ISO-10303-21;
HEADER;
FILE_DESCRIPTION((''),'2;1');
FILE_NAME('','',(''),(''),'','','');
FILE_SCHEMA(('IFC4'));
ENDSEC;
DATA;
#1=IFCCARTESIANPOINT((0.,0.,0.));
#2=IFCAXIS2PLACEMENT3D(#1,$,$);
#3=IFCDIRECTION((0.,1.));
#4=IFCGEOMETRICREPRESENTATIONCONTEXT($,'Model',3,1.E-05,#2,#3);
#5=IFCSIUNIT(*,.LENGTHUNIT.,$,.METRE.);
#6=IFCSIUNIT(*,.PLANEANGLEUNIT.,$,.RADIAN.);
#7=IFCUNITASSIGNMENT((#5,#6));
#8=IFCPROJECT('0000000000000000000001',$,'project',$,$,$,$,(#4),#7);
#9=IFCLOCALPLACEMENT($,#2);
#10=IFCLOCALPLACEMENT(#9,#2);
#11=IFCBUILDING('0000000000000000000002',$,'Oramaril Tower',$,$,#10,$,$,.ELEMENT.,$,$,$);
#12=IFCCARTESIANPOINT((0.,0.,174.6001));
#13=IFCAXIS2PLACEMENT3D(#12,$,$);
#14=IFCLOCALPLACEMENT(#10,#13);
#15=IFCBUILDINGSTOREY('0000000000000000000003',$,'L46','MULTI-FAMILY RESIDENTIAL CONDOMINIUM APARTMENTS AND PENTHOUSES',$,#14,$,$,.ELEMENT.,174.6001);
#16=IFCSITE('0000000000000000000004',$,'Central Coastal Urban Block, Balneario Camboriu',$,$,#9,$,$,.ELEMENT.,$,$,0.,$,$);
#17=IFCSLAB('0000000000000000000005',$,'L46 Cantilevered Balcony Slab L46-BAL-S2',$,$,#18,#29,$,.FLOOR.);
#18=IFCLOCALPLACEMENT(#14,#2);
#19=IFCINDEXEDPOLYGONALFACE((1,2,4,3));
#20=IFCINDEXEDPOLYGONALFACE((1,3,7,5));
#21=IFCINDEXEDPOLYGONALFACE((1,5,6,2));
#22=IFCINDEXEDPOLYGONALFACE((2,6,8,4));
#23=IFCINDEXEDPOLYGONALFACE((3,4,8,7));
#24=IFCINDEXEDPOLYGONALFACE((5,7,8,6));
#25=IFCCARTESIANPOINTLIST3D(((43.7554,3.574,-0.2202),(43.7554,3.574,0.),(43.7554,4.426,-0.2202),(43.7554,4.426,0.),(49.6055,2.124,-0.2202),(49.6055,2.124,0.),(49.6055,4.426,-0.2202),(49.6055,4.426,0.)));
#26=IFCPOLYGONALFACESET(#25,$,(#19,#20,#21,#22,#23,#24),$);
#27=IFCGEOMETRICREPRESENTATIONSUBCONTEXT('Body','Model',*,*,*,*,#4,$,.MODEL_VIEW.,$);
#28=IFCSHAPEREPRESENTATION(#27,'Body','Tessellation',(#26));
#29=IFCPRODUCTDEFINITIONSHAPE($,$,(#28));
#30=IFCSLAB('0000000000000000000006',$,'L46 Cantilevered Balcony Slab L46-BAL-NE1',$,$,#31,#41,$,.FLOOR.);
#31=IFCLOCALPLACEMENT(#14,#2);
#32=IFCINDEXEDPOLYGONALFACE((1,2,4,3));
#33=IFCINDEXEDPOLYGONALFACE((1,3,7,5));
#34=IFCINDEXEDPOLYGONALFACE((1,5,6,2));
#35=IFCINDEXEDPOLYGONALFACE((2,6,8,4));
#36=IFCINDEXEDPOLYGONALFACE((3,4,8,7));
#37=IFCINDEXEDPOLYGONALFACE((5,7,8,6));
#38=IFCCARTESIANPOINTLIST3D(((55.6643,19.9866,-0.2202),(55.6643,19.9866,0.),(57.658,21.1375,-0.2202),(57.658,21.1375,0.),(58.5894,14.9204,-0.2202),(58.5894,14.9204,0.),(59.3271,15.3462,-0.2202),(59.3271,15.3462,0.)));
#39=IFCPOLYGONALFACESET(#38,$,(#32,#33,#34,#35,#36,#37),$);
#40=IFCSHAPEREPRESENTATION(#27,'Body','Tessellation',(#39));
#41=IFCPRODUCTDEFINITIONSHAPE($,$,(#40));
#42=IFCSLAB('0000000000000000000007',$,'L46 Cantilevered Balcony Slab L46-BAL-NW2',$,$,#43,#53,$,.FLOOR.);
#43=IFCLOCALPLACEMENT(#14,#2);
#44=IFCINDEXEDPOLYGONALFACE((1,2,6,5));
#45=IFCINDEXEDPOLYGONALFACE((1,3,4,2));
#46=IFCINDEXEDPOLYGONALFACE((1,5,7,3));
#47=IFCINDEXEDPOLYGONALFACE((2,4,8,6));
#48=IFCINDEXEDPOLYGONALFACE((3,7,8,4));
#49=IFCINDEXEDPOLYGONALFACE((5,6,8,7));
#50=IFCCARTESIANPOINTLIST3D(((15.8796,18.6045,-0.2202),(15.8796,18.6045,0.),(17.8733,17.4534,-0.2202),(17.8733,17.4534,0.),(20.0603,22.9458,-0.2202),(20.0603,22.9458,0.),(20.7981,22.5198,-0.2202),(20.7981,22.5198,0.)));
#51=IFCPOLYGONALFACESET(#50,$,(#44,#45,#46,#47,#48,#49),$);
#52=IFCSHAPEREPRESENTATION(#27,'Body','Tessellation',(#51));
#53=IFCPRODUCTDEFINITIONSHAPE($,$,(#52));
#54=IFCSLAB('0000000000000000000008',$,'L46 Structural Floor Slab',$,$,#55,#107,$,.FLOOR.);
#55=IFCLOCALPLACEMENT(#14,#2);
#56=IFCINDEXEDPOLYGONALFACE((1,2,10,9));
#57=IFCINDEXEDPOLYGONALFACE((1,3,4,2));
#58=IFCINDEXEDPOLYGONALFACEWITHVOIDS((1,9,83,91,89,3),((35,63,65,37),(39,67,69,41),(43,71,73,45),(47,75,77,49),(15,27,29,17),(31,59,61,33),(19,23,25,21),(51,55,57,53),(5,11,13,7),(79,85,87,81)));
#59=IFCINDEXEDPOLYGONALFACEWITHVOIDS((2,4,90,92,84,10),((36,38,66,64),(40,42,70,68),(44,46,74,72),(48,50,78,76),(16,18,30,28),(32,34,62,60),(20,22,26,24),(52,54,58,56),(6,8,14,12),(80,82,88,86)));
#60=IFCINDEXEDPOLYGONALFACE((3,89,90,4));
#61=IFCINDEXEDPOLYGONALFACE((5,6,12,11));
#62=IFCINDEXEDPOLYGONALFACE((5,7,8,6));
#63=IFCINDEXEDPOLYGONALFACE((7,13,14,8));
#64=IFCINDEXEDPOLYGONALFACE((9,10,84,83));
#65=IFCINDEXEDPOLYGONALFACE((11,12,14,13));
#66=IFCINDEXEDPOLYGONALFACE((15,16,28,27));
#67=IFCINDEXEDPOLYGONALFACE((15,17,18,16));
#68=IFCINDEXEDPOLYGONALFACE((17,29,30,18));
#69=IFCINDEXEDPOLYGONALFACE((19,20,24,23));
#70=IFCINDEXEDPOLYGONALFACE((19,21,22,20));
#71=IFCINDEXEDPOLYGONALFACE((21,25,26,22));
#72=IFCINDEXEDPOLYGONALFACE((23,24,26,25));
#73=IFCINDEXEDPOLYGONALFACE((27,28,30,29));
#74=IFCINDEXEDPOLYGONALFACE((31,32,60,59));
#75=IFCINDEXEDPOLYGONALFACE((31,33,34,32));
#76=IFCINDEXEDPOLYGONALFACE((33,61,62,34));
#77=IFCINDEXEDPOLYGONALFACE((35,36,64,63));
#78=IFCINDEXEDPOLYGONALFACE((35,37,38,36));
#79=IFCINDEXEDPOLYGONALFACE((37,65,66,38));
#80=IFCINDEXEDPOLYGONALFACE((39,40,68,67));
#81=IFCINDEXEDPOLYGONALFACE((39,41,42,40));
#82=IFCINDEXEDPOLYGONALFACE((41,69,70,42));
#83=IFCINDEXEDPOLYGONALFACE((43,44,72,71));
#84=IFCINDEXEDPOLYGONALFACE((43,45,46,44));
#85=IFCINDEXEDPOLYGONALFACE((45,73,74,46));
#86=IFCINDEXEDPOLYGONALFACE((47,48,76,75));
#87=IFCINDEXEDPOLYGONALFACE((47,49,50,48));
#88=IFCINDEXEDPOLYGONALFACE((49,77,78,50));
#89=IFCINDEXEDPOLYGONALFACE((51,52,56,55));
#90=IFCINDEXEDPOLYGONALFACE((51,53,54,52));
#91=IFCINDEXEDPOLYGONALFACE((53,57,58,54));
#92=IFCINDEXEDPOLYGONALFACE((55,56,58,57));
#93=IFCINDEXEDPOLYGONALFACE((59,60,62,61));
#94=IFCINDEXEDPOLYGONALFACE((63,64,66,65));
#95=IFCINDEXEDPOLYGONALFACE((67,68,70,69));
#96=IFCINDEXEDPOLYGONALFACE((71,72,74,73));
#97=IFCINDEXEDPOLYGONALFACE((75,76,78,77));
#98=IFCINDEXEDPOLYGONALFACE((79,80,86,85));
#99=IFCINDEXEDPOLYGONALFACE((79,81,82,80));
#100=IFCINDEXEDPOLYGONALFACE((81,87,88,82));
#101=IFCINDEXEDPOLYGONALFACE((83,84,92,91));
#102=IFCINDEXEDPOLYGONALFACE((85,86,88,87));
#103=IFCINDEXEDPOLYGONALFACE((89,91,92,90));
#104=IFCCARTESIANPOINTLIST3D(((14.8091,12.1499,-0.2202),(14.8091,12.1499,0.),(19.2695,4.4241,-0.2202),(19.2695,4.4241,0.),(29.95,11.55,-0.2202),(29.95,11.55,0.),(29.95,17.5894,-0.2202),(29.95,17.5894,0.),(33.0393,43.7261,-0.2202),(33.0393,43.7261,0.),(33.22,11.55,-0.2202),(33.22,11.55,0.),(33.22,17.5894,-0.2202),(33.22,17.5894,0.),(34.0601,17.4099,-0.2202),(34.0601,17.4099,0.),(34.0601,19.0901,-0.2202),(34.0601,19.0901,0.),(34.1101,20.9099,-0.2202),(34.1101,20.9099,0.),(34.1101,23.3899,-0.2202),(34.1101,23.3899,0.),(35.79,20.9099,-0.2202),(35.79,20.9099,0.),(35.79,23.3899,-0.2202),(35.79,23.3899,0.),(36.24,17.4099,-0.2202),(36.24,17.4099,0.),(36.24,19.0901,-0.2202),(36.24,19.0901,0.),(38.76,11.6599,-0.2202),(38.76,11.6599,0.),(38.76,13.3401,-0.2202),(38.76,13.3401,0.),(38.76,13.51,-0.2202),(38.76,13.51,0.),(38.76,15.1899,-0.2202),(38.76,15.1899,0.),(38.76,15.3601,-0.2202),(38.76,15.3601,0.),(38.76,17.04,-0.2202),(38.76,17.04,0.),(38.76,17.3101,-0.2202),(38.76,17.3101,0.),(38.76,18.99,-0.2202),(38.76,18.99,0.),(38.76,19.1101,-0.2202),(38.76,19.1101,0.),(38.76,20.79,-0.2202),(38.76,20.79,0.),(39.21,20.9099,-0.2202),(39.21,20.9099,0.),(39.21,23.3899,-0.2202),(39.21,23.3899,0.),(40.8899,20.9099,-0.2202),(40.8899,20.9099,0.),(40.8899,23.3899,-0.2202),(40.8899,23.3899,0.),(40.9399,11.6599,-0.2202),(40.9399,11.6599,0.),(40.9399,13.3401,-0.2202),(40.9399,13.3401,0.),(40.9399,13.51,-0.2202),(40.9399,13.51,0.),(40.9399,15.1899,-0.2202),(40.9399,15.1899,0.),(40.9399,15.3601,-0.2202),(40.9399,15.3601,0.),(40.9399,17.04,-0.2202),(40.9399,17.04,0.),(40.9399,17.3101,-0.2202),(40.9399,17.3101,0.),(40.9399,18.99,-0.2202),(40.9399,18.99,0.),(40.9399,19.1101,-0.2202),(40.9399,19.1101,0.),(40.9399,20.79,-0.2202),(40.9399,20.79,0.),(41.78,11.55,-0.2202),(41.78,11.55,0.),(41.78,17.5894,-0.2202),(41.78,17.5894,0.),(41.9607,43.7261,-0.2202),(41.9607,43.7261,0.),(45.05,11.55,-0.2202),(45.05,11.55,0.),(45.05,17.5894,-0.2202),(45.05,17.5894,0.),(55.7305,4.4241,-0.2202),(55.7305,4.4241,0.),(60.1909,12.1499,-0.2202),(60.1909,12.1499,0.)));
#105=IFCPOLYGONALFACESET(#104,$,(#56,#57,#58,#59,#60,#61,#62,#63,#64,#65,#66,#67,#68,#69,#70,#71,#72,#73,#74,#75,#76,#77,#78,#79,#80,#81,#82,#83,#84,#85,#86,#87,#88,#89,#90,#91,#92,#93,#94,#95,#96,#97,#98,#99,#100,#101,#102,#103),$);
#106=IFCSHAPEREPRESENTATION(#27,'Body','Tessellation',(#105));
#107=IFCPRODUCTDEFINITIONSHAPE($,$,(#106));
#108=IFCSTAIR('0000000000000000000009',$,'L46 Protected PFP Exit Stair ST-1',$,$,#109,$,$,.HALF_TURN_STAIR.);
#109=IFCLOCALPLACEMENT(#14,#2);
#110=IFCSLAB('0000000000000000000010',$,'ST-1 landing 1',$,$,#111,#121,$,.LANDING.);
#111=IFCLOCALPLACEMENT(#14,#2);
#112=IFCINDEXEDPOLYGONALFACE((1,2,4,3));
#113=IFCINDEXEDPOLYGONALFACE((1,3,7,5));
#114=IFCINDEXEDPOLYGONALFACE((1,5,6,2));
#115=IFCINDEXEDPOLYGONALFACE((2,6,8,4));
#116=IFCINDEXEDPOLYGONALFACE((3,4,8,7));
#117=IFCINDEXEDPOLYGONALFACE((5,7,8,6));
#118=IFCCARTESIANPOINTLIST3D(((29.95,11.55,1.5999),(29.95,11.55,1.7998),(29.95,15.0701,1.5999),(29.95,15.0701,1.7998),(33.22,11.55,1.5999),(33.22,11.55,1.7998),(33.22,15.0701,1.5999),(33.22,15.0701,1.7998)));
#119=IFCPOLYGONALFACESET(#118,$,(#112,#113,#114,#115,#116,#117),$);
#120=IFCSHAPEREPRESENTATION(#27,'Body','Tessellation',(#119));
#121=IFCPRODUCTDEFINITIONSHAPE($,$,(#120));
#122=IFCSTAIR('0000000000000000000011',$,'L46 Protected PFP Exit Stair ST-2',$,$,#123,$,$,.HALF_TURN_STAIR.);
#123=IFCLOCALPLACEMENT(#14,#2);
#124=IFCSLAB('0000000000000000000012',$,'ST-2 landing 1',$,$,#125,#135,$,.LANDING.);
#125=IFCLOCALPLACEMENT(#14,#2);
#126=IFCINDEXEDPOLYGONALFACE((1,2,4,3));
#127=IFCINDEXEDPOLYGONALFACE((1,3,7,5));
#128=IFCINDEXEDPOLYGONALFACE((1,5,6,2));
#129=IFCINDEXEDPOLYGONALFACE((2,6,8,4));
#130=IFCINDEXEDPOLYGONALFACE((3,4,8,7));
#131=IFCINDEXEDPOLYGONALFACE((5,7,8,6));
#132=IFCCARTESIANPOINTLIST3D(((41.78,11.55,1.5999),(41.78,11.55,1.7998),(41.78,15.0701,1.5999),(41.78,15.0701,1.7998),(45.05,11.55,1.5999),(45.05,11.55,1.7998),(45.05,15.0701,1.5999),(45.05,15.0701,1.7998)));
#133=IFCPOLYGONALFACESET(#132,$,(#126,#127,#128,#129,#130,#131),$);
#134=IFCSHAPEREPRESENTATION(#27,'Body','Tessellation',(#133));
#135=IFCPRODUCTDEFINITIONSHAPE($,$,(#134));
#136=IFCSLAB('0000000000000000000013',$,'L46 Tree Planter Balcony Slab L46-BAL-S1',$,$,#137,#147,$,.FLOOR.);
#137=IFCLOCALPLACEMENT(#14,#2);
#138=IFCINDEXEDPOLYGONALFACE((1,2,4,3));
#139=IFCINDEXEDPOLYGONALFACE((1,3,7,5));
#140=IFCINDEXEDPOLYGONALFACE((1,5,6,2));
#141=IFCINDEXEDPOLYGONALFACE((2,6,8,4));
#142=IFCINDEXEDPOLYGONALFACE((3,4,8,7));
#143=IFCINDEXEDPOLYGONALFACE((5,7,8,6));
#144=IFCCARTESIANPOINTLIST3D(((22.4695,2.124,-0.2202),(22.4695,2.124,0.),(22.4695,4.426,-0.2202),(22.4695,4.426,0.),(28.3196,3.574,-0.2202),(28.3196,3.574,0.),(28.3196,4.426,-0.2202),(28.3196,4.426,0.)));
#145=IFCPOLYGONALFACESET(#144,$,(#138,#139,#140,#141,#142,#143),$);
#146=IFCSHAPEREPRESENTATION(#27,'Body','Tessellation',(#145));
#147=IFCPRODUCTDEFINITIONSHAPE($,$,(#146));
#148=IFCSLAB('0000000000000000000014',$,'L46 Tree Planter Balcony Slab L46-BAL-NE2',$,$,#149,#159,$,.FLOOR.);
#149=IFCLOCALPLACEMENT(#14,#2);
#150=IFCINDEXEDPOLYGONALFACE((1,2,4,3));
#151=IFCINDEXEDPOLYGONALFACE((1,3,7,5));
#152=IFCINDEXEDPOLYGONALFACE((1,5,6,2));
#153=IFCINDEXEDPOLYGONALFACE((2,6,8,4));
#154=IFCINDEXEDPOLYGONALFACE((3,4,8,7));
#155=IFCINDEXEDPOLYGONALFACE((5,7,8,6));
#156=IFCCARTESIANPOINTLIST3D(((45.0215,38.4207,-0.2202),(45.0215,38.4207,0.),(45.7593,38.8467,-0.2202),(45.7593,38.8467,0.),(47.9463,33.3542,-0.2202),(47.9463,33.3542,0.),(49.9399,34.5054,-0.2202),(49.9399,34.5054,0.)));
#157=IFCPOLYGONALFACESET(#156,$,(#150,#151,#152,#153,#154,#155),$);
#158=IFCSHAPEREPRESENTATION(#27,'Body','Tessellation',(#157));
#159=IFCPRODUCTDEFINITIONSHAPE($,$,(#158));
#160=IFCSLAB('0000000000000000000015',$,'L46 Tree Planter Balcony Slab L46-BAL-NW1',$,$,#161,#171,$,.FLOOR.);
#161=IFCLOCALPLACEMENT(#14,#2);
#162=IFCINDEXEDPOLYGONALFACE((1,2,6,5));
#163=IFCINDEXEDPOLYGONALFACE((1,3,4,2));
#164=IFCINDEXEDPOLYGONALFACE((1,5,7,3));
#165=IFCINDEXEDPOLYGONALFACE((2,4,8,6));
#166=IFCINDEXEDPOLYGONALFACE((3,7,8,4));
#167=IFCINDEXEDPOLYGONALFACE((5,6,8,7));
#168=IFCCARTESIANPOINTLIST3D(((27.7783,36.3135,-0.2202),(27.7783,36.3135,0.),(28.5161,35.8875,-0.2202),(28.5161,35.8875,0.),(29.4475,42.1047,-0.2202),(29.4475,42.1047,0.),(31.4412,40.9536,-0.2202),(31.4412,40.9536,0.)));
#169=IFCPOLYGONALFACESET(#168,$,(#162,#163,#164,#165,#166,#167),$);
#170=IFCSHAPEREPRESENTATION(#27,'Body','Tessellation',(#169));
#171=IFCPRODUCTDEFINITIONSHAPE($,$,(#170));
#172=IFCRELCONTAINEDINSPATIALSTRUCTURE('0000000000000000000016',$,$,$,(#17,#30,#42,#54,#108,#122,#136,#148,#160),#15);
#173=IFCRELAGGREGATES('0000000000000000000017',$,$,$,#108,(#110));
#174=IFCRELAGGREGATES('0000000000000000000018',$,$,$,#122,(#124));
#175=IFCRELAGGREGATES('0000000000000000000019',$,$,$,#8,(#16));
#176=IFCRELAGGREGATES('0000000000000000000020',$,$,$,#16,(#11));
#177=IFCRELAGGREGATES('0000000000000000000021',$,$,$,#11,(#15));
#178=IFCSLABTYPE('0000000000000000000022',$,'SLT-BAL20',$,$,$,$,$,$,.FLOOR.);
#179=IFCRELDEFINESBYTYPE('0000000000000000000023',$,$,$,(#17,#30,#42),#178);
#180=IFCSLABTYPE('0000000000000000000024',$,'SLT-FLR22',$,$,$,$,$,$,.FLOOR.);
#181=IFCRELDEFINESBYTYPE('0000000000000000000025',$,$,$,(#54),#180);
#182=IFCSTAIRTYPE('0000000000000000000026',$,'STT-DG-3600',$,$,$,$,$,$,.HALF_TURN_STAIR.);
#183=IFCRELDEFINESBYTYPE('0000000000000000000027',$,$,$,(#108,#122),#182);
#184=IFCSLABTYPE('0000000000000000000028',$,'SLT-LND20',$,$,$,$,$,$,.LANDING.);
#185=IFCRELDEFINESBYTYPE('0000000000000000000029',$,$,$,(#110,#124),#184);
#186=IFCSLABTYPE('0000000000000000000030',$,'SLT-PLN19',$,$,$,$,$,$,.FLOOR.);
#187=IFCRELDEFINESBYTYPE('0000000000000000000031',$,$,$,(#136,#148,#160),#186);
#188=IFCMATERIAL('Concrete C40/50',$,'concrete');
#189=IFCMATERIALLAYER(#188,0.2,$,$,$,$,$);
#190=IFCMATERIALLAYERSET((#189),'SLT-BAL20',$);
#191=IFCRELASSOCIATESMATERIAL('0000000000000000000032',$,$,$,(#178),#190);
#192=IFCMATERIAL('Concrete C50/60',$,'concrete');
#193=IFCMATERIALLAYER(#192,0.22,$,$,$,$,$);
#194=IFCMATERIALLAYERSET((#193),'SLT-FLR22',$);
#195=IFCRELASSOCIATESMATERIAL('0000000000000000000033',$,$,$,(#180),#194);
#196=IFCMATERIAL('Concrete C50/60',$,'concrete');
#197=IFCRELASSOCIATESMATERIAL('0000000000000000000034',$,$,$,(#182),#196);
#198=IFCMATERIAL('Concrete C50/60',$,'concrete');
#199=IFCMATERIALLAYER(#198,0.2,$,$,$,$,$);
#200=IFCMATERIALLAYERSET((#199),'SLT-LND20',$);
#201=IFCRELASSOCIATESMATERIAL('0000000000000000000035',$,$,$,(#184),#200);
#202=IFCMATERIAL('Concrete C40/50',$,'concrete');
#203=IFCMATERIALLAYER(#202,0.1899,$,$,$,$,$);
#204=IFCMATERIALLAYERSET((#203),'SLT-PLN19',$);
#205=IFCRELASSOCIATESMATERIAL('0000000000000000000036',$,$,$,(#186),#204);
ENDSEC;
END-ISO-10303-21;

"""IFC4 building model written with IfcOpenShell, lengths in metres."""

from ifc_helpers import new_model, si_unit, direction, frame, origin, place, context, subcontext, project, spatial, polyline, outline, extrude, material, layer, layer_set, type_object, element, aggregate, save


model = new_model("IFC4")

# Units and contexts
model_context = context("Model", 3, precision=1e-05, world=origin(), true_north=direction((0.0, 1.0)))
body_context = subcontext(model_context, "Body", "Model", "MODEL_VIEW")
ifc_project = project(units=[si_unit("LENGTHUNIT", "METRE"), si_unit("PLANEANGLEUNIT", "RADIAN")], contexts=[model_context])

# Site, building, storey
site_placement = place(None, origin())
site = spatial("IfcSite", under=ifc_project, at=site_placement, Name="Central Coastal Urban Block, Balneario Camboriu", CompositionType="ELEMENT", RefElevation=0.0)
building_placement = place(site_placement, origin())
building = spatial("IfcBuilding", under=site, at=building_placement, Name="Oramaril Tower", CompositionType="ELEMENT")
storey_placement = place(building_placement, frame((0.0, 0.0, 174.6001)))
storey = spatial("IfcBuildingStorey", under=building, at=storey_placement, Name="L46", Description="MULTI-FAMILY RESIDENTIAL CONDOMINIUM APARTMENTS AND PENTHOUSES", CompositionType="ELEMENT", Elevation=174.6001)

# Slabs
ifc_material_1 = material(Name="Concrete C40/50", Category="concrete")
ifc_layer_1 = layer(ifc_material_1, 0.2)
ifc_layer_set_1 = layer_set([ifc_layer_1], Name="SLT-BAL20")
slab_type_1 = type_object("IfcSlabType", Name="SLT-BAL20", PredefinedType="FLOOR", material=ifc_layer_set_1)
slab_1_placement = place(storey_placement, frame((0.0, 0.0, -0.2202)))
element("IfcSlab", 1, at=slab_1_placement, inside=storey, type_object=slab_type_1, Name="L46 Cantilevered Balcony Slab L46-BAL-S2", PredefinedType="FLOOR", context=body_context, shape_type="SweptSolid", body=[
    extrude(outline(polyline([(43.7554, 4.426), (49.6055, 4.426), (49.6055, 2.124), (43.7554, 3.574), (43.7554, 4.426)])), origin(), (0.0, 0.0, 1.0), 0.2202),
])
slab_2_placement = place(storey_placement, frame((0.0, 0.0, -0.2202)))
element("IfcSlab", 2, at=slab_2_placement, inside=storey, type_object=slab_type_1, Name="L46 Cantilevered Balcony Slab L46-BAL-NE1", PredefinedType="FLOOR", context=body_context, shape_type="SweptSolid", body=[
    extrude(outline(polyline([(58.5894, 14.9204), (55.6643, 19.9866), (57.658, 21.1375), (59.3271, 15.3462), (58.5894, 14.9204)])), origin(), (0.0, 0.0, 1.0), 0.2202),
])
slab_3_placement = place(storey_placement, frame((0.0, 0.0, -0.2202)))
element("IfcSlab", 3, at=slab_3_placement, inside=storey, type_object=slab_type_1, Name="L46 Cantilevered Balcony Slab L46-BAL-NW2", PredefinedType="FLOOR", context=body_context, shape_type="SweptSolid", body=[
    extrude(outline(polyline([(20.7981, 22.5198), (17.8733, 17.4534), (15.8796, 18.6045), (20.0603, 22.9458), (20.7981, 22.5198)])), origin(), (0.0, 0.0, 1.0), 0.2202),
])
ifc_material_2 = material(Name="Concrete C50/60", Category="concrete")
ifc_layer_2 = layer(ifc_material_2, 0.22)
ifc_layer_set_2 = layer_set([ifc_layer_2], Name="SLT-FLR22")
slab_type_2 = type_object("IfcSlabType", Name="SLT-FLR22", PredefinedType="FLOOR", material=ifc_layer_set_2)
slab_4_placement = place(storey_placement, frame((0.0, 0.0, -0.2202)))
element("IfcSlab", 4, at=slab_4_placement, inside=storey, type_object=slab_type_2, Name="L46 Structural Floor Slab", PredefinedType="FLOOR", context=body_context, shape_type="SweptSolid", body=[
    extrude(outline(polyline([(14.8091, 12.1499), (19.2695, 4.4241), (55.7305, 4.4241), (60.1909, 12.1499), (41.9607, 43.7261), (33.0393, 43.7261), (14.8091, 12.1499)]), holes=[polyline([(29.95, 17.5894), (29.95, 11.55), (33.22, 11.55), (33.22, 17.5894), (29.95, 17.5894)]), polyline([(41.78, 17.5894), (41.78, 11.55), (45.05, 11.55), (45.05, 17.5894), (41.78, 17.5894)]), polyline([(34.1101, 20.9099), (35.79, 20.9099), (35.79, 23.3899), (34.1101, 23.3899), (34.1101, 20.9099)]), polyline([(39.21, 20.9099), (40.8899, 20.9099), (40.8899, 23.3899), (39.21, 23.3899), (39.21, 20.9099)]), polyline([(38.76, 11.6599), (40.9399, 11.6599), (40.9399, 13.3401), (38.76, 13.3401), (38.76, 11.6599)]), polyline([(38.76, 13.51), (40.9399, 13.51), (40.9399, 15.1899), (38.76, 15.1899), (38.76, 13.51)]), polyline([(38.76, 15.3601), (40.9399, 15.3601), (40.9399, 17.04), (38.76, 17.04), (38.76, 15.3601)]), polyline([(34.0601, 17.4099), (36.24, 17.4099), (36.24, 19.0901), (34.0601, 19.0901), (34.0601, 17.4099)]), polyline([(38.76, 17.3101), (40.9399, 17.3101), (40.9399, 18.99), (38.76, 18.99), (38.76, 17.3101)]), polyline([(38.76, 19.1101), (40.9399, 19.1101), (40.9399, 20.79), (38.76, 20.79), (38.76, 19.1101)])]), origin(), (0.0, 0.0, 1.0), 0.2202),
])

# Stairs, slabs
ifc_material_3 = material(Name="Concrete C50/60", Category="concrete")
stair_type = type_object("IfcStairType", Name="STT-DG-3600", PredefinedType="HALF_TURN_STAIR", material=ifc_material_3)
stair_1_placement = place(storey_placement, origin())
stair_1 = element("IfcStair", 5, at=stair_1_placement, inside=storey, type_object=stair_type, Name="L46 Protected PFP Exit Stair ST-1", PredefinedType="HALF_TURN_STAIR")
ifc_material_4 = material(Name="Concrete C50/60", Category="concrete")
ifc_layer_3 = layer(ifc_material_4, 0.2)
ifc_layer_set_3 = layer_set([ifc_layer_3], Name="SLT-LND20")
slab_type_3 = type_object("IfcSlabType", Name="SLT-LND20", PredefinedType="LANDING", material=ifc_layer_set_3)
slab_5_placement = place(storey_placement, frame((0.0, 0.0, 1.5999)))
slab_5 = element("IfcSlab", 6, at=slab_5_placement, type_object=slab_type_3, Name="ST-1 landing 1", PredefinedType="LANDING", context=body_context, shape_type="SweptSolid", body=[
    extrude(outline(polyline([(29.95, 15.0701), (29.95, 11.55), (33.22, 11.55), (33.22, 15.0701), (29.95, 15.0701)])), origin(), (0.0, 0.0, 1.0), 0.2),
])
aggregate(stair_1, [slab_5])
stair_2_placement = place(storey_placement, origin())
stair_2 = element("IfcStair", 7, at=stair_2_placement, inside=storey, type_object=stair_type, Name="L46 Protected PFP Exit Stair ST-2", PredefinedType="HALF_TURN_STAIR")
slab_6_placement = place(storey_placement, frame((0.0, 0.0, 1.5999)))
slab_6 = element("IfcSlab", 8, at=slab_6_placement, type_object=slab_type_3, Name="ST-2 landing 1", PredefinedType="LANDING", context=body_context, shape_type="SweptSolid", body=[
    extrude(outline(polyline([(41.78, 15.0701), (41.78, 11.55), (45.05, 11.55), (45.05, 15.0701), (41.78, 15.0701)])), origin(), (0.0, 0.0, 1.0), 0.2),
])
aggregate(stair_2, [slab_6])

# Slabs
ifc_material_5 = material(Name="Concrete C40/50", Category="concrete")
ifc_layer_4 = layer(ifc_material_5, 0.1899)
ifc_layer_set_4 = layer_set([ifc_layer_4], Name="SLT-PLN19")
slab_type_4 = type_object("IfcSlabType", Name="SLT-PLN19", PredefinedType="FLOOR", material=ifc_layer_set_4)
slab_7_placement = place(storey_placement, frame((0.0, 0.0, -0.2202)))
element("IfcSlab", 9, at=slab_7_placement, inside=storey, type_object=slab_type_4, Name="L46 Tree Planter Balcony Slab L46-BAL-S1", PredefinedType="FLOOR", context=body_context, shape_type="SweptSolid", body=[
    extrude(outline(polyline([(22.4695, 4.426), (28.3196, 4.426), (28.3196, 3.574), (22.4695, 2.124), (22.4695, 4.426)])), origin(), (0.0, 0.0, 1.0), 0.2202),
])
slab_8_placement = place(storey_placement, frame((0.0, 0.0, -0.2202)))
element("IfcSlab", 10, at=slab_8_placement, inside=storey, type_object=slab_type_4, Name="L46 Tree Planter Balcony Slab L46-BAL-NE2", PredefinedType="FLOOR", context=body_context, shape_type="SweptSolid", body=[
    extrude(outline(polyline([(47.9463, 33.3542), (45.0215, 38.4207), (45.7593, 38.8467), (49.9399, 34.5054), (47.9463, 33.3542)])), origin(), (0.0, 0.0, 1.0), 0.2202),
])
slab_9_placement = place(storey_placement, frame((0.0, 0.0, -0.2202)))
element("IfcSlab", 11, at=slab_9_placement, inside=storey, type_object=slab_type_4, Name="L46 Tree Planter Balcony Slab L46-BAL-NW1", PredefinedType="FLOOR", context=body_context, shape_type="SweptSolid", body=[
    extrude(outline(polyline([(31.4412, 40.9536), (28.5161, 35.8875), (27.7783, 36.3135), (29.4475, 42.1047), (31.4412, 40.9536)])), origin(), (0.0, 0.0, 1.0), 0.2202),
])

save(model, "model.ifc")
